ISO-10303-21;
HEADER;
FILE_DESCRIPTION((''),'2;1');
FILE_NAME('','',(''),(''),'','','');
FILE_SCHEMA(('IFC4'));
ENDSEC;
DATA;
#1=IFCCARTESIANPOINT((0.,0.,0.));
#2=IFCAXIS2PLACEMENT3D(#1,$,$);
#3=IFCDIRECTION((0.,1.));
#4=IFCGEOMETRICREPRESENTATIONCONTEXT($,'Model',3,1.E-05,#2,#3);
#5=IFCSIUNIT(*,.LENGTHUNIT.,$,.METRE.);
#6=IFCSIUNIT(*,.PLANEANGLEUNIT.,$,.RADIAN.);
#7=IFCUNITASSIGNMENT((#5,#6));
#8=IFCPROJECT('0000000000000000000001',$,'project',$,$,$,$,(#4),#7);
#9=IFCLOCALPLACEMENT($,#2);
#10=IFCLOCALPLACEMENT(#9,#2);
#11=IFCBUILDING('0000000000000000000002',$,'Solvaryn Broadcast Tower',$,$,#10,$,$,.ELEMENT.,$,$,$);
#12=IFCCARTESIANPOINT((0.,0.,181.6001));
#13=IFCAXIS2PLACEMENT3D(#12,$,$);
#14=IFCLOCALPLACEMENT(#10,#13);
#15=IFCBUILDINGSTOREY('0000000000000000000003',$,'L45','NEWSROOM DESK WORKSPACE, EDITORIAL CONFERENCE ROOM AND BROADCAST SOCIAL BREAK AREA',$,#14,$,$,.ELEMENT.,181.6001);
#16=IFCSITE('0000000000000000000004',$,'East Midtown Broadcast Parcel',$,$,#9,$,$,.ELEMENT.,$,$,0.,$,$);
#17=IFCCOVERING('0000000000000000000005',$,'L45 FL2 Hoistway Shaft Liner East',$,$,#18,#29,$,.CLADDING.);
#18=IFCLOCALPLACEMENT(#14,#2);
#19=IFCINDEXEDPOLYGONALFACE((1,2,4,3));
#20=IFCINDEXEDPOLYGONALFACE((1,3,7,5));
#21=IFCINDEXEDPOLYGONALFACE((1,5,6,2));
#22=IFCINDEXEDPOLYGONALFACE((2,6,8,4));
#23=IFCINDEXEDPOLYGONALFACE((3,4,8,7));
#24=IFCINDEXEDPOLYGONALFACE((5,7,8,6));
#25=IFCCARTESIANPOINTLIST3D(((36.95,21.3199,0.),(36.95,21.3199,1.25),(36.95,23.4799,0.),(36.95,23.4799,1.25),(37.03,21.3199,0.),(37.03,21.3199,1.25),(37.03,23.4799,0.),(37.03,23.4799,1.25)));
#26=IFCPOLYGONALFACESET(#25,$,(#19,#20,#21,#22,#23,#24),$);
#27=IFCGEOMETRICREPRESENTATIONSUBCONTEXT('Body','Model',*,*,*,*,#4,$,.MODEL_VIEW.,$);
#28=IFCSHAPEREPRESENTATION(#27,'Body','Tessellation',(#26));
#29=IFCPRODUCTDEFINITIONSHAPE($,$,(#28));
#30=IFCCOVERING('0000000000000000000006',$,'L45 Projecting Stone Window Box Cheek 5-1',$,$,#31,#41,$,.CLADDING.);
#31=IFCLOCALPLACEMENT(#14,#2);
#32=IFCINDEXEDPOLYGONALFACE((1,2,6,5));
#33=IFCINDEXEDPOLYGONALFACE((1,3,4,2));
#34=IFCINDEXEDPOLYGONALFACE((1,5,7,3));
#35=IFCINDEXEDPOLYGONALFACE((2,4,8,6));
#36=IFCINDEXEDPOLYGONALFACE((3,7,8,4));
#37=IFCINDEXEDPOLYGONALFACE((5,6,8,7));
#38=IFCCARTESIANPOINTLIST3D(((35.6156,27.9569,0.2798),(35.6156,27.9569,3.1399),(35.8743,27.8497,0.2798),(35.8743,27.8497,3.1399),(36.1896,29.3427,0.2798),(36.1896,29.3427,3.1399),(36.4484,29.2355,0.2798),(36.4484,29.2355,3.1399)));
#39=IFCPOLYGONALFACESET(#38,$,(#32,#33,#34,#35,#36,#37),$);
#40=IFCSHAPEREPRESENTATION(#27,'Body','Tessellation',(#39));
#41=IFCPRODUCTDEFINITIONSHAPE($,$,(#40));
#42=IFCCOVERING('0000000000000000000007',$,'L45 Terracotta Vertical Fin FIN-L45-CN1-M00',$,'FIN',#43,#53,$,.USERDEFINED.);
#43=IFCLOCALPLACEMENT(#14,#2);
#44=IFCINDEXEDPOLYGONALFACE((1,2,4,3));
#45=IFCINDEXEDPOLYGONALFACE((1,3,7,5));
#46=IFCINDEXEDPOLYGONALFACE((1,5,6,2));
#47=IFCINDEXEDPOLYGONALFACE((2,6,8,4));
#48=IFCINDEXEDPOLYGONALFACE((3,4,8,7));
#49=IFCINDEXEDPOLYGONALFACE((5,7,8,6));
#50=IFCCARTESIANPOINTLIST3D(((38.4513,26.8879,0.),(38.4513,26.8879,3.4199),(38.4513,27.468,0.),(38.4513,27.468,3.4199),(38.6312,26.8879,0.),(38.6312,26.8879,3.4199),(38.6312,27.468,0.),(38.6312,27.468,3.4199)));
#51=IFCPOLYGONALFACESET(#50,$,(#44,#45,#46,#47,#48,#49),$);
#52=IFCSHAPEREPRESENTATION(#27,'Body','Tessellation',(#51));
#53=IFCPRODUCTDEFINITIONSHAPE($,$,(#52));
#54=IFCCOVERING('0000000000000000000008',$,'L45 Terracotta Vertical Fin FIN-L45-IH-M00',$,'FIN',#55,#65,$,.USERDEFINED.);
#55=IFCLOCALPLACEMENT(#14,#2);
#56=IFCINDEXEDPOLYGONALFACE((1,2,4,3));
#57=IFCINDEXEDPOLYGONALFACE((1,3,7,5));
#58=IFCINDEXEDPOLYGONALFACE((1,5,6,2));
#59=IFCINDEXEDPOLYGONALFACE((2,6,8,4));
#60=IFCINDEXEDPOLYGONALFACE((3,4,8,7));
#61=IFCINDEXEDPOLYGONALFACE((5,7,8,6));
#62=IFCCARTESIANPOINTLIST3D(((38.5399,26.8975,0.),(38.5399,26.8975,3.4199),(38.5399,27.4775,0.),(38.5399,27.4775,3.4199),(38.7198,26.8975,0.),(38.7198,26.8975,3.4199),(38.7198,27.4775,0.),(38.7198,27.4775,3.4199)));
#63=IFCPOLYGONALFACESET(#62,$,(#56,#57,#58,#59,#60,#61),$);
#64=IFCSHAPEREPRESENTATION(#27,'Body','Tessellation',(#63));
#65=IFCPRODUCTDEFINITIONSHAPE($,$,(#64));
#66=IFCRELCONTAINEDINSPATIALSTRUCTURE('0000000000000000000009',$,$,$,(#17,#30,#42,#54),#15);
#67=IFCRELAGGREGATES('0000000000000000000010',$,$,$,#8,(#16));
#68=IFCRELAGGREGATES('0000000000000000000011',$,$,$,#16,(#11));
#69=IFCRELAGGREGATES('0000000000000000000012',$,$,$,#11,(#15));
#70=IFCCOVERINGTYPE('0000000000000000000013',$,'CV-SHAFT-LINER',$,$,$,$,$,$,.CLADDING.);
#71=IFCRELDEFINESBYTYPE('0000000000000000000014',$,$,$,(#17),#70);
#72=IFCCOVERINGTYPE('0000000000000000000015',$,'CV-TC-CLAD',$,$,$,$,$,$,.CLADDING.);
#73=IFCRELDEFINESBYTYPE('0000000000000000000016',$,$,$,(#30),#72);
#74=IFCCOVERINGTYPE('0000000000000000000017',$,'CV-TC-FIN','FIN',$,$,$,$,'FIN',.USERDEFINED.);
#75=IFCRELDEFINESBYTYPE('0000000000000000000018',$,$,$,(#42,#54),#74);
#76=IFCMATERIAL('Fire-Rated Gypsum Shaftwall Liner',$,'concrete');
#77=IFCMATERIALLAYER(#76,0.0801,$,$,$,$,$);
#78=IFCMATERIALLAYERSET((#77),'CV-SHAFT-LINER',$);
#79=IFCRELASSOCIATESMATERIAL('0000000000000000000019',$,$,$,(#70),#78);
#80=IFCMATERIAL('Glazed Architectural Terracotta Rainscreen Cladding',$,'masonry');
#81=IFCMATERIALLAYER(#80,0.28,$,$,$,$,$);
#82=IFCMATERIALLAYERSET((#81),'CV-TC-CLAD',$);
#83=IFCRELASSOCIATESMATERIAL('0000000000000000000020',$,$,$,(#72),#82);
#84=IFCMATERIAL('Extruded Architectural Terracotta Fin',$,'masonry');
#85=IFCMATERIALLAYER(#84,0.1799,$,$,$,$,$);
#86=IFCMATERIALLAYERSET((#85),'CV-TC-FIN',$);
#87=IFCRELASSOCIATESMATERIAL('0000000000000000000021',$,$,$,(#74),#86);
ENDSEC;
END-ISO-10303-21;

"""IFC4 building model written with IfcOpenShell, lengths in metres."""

from ifc_helpers import new_model, si_unit, direction, frame, origin, origin_2d, place, context, subcontext, project, spatial, rectangle, extrude, material, layer, layer_set, type_object, element, save


model = new_model("IFC4")

# Units and contexts
model_context = context("Model", 3, precision=1e-05, world=origin(), true_north=direction((0.0, 1.0)))
body_context = subcontext(model_context, "Body", "Model", "MODEL_VIEW")
ifc_project = project(units=[si_unit("LENGTHUNIT", "METRE"), si_unit("PLANEANGLEUNIT", "RADIAN")], contexts=[model_context])

# Site, building, storey
site_placement = place(None, origin())
site = spatial("IfcSite", under=ifc_project, at=site_placement, Name="East Midtown Broadcast Parcel", CompositionType="ELEMENT", RefElevation=0.0)
building_placement = place(site_placement, origin())
building = spatial("IfcBuilding", under=site, at=building_placement, Name="Solvaryn Broadcast Tower", CompositionType="ELEMENT")
storey_placement = place(building_placement, frame((0.0, 0.0, 181.6001)))
storey = spatial("IfcBuildingStorey", under=building, at=storey_placement, Name="L45", Description="NEWSROOM DESK WORKSPACE, EDITORIAL CONFERENCE ROOM AND BROADCAST SOCIAL BREAK AREA", CompositionType="ELEMENT", Elevation=181.6001)

# Coverings
ifc_material_1 = material(Name="Fire-Rated Gypsum Shaftwall Liner", Category="concrete")
ifc_layer_1 = layer(ifc_material_1, 0.0801)
ifc_layer_set_1 = layer_set([ifc_layer_1], Name="CV-SHAFT-LINER")
covering_type_1 = type_object("IfcCoveringType", Name="CV-SHAFT-LINER", PredefinedType="CLADDING", material=ifc_layer_set_1)
covering_1_placement = place(storey_placement, frame((36.99, 22.3999, 0.0), z_axis=(0.0, 0.0, 1.0), x_axis=(1.0, 0.0, 0.0)))
element("IfcCovering", 1, at=covering_1_placement, inside=storey, type_object=covering_type_1, Name="L45 FL2 Hoistway Shaft Liner East", PredefinedType="CLADDING", context=body_context, shape_type="SweptSolid", body=[
    extrude(rectangle(XDim=0.0801, YDim=2.1599, at=origin_2d()), origin(), (0.0, 0.0, 1.0), 1.25),
])
ifc_material_2 = material(Name="Glazed Architectural Terracotta Rainscreen Cladding", Category="masonry")
ifc_layer_2 = layer(ifc_material_2, 0.28)
ifc_layer_set_2 = layer_set([ifc_layer_2], Name="CV-TC-CLAD")
covering_type_2 = type_object("IfcCoveringType", Name="CV-TC-CLAD", PredefinedType="CLADDING", material=ifc_layer_set_2)
covering_2_placement = place(storey_placement, frame((36.032, 28.5962, 0.2798), z_axis=(0.0, 0.0, 1.0), x_axis=(-0.92388, 0.382683, 0.0)))
element("IfcCovering", 2, at=covering_2_placement, inside=storey, type_object=covering_type_2, Name="L45 Projecting Stone Window Box Cheek 5-1", PredefinedType="CLADDING", context=body_context, shape_type="SweptSolid", body=[
    extrude(rectangle(XDim=0.28, YDim=1.5, at=origin_2d()), origin(), (0.0, 0.0, 1.0), 2.8601),
])
ifc_material_3 = material(Name="Extruded Architectural Terracotta Fin", Category="masonry")
ifc_layer_3 = layer(ifc_material_3, 0.1799)
ifc_layer_set_3 = layer_set([ifc_layer_3], Name="CV-TC-FIN")
covering_type_3 = type_object("IfcCoveringType", Name="CV-TC-FIN", Description="FIN", ElementType="FIN", PredefinedType="USERDEFINED", material=ifc_layer_set_3)
for number, where, z_axis, x_axis, name in (
    (3, (38.5413, 27.178, 0.0), (0.0, 0.0, 1.0), (1.0, 0.0, 0.0), "L45 Terracotta Vertical Fin FIN-L45-CN1-M00"),
    (4, (38.6299, 27.1875, 0.0), (0.0, 0.0, 1.0), (1.0, 0.0, 0.0), "L45 Terracotta Vertical Fin FIN-L45-IH-M00"),
):
    element("IfcCovering", number, at=place(storey_placement, frame(where, z_axis=z_axis, x_axis=x_axis)), inside=storey, type_object=covering_type_3, Name=name, ObjectType="FIN", PredefinedType="USERDEFINED", context=body_context, shape_type="SweptSolid", body=[
        extrude(rectangle(XDim=0.1799, YDim=0.5801, at=origin_2d()), origin(), (0.0, 0.0, 1.0), 3.4199),
    ])

save(model, "model.ifc")
